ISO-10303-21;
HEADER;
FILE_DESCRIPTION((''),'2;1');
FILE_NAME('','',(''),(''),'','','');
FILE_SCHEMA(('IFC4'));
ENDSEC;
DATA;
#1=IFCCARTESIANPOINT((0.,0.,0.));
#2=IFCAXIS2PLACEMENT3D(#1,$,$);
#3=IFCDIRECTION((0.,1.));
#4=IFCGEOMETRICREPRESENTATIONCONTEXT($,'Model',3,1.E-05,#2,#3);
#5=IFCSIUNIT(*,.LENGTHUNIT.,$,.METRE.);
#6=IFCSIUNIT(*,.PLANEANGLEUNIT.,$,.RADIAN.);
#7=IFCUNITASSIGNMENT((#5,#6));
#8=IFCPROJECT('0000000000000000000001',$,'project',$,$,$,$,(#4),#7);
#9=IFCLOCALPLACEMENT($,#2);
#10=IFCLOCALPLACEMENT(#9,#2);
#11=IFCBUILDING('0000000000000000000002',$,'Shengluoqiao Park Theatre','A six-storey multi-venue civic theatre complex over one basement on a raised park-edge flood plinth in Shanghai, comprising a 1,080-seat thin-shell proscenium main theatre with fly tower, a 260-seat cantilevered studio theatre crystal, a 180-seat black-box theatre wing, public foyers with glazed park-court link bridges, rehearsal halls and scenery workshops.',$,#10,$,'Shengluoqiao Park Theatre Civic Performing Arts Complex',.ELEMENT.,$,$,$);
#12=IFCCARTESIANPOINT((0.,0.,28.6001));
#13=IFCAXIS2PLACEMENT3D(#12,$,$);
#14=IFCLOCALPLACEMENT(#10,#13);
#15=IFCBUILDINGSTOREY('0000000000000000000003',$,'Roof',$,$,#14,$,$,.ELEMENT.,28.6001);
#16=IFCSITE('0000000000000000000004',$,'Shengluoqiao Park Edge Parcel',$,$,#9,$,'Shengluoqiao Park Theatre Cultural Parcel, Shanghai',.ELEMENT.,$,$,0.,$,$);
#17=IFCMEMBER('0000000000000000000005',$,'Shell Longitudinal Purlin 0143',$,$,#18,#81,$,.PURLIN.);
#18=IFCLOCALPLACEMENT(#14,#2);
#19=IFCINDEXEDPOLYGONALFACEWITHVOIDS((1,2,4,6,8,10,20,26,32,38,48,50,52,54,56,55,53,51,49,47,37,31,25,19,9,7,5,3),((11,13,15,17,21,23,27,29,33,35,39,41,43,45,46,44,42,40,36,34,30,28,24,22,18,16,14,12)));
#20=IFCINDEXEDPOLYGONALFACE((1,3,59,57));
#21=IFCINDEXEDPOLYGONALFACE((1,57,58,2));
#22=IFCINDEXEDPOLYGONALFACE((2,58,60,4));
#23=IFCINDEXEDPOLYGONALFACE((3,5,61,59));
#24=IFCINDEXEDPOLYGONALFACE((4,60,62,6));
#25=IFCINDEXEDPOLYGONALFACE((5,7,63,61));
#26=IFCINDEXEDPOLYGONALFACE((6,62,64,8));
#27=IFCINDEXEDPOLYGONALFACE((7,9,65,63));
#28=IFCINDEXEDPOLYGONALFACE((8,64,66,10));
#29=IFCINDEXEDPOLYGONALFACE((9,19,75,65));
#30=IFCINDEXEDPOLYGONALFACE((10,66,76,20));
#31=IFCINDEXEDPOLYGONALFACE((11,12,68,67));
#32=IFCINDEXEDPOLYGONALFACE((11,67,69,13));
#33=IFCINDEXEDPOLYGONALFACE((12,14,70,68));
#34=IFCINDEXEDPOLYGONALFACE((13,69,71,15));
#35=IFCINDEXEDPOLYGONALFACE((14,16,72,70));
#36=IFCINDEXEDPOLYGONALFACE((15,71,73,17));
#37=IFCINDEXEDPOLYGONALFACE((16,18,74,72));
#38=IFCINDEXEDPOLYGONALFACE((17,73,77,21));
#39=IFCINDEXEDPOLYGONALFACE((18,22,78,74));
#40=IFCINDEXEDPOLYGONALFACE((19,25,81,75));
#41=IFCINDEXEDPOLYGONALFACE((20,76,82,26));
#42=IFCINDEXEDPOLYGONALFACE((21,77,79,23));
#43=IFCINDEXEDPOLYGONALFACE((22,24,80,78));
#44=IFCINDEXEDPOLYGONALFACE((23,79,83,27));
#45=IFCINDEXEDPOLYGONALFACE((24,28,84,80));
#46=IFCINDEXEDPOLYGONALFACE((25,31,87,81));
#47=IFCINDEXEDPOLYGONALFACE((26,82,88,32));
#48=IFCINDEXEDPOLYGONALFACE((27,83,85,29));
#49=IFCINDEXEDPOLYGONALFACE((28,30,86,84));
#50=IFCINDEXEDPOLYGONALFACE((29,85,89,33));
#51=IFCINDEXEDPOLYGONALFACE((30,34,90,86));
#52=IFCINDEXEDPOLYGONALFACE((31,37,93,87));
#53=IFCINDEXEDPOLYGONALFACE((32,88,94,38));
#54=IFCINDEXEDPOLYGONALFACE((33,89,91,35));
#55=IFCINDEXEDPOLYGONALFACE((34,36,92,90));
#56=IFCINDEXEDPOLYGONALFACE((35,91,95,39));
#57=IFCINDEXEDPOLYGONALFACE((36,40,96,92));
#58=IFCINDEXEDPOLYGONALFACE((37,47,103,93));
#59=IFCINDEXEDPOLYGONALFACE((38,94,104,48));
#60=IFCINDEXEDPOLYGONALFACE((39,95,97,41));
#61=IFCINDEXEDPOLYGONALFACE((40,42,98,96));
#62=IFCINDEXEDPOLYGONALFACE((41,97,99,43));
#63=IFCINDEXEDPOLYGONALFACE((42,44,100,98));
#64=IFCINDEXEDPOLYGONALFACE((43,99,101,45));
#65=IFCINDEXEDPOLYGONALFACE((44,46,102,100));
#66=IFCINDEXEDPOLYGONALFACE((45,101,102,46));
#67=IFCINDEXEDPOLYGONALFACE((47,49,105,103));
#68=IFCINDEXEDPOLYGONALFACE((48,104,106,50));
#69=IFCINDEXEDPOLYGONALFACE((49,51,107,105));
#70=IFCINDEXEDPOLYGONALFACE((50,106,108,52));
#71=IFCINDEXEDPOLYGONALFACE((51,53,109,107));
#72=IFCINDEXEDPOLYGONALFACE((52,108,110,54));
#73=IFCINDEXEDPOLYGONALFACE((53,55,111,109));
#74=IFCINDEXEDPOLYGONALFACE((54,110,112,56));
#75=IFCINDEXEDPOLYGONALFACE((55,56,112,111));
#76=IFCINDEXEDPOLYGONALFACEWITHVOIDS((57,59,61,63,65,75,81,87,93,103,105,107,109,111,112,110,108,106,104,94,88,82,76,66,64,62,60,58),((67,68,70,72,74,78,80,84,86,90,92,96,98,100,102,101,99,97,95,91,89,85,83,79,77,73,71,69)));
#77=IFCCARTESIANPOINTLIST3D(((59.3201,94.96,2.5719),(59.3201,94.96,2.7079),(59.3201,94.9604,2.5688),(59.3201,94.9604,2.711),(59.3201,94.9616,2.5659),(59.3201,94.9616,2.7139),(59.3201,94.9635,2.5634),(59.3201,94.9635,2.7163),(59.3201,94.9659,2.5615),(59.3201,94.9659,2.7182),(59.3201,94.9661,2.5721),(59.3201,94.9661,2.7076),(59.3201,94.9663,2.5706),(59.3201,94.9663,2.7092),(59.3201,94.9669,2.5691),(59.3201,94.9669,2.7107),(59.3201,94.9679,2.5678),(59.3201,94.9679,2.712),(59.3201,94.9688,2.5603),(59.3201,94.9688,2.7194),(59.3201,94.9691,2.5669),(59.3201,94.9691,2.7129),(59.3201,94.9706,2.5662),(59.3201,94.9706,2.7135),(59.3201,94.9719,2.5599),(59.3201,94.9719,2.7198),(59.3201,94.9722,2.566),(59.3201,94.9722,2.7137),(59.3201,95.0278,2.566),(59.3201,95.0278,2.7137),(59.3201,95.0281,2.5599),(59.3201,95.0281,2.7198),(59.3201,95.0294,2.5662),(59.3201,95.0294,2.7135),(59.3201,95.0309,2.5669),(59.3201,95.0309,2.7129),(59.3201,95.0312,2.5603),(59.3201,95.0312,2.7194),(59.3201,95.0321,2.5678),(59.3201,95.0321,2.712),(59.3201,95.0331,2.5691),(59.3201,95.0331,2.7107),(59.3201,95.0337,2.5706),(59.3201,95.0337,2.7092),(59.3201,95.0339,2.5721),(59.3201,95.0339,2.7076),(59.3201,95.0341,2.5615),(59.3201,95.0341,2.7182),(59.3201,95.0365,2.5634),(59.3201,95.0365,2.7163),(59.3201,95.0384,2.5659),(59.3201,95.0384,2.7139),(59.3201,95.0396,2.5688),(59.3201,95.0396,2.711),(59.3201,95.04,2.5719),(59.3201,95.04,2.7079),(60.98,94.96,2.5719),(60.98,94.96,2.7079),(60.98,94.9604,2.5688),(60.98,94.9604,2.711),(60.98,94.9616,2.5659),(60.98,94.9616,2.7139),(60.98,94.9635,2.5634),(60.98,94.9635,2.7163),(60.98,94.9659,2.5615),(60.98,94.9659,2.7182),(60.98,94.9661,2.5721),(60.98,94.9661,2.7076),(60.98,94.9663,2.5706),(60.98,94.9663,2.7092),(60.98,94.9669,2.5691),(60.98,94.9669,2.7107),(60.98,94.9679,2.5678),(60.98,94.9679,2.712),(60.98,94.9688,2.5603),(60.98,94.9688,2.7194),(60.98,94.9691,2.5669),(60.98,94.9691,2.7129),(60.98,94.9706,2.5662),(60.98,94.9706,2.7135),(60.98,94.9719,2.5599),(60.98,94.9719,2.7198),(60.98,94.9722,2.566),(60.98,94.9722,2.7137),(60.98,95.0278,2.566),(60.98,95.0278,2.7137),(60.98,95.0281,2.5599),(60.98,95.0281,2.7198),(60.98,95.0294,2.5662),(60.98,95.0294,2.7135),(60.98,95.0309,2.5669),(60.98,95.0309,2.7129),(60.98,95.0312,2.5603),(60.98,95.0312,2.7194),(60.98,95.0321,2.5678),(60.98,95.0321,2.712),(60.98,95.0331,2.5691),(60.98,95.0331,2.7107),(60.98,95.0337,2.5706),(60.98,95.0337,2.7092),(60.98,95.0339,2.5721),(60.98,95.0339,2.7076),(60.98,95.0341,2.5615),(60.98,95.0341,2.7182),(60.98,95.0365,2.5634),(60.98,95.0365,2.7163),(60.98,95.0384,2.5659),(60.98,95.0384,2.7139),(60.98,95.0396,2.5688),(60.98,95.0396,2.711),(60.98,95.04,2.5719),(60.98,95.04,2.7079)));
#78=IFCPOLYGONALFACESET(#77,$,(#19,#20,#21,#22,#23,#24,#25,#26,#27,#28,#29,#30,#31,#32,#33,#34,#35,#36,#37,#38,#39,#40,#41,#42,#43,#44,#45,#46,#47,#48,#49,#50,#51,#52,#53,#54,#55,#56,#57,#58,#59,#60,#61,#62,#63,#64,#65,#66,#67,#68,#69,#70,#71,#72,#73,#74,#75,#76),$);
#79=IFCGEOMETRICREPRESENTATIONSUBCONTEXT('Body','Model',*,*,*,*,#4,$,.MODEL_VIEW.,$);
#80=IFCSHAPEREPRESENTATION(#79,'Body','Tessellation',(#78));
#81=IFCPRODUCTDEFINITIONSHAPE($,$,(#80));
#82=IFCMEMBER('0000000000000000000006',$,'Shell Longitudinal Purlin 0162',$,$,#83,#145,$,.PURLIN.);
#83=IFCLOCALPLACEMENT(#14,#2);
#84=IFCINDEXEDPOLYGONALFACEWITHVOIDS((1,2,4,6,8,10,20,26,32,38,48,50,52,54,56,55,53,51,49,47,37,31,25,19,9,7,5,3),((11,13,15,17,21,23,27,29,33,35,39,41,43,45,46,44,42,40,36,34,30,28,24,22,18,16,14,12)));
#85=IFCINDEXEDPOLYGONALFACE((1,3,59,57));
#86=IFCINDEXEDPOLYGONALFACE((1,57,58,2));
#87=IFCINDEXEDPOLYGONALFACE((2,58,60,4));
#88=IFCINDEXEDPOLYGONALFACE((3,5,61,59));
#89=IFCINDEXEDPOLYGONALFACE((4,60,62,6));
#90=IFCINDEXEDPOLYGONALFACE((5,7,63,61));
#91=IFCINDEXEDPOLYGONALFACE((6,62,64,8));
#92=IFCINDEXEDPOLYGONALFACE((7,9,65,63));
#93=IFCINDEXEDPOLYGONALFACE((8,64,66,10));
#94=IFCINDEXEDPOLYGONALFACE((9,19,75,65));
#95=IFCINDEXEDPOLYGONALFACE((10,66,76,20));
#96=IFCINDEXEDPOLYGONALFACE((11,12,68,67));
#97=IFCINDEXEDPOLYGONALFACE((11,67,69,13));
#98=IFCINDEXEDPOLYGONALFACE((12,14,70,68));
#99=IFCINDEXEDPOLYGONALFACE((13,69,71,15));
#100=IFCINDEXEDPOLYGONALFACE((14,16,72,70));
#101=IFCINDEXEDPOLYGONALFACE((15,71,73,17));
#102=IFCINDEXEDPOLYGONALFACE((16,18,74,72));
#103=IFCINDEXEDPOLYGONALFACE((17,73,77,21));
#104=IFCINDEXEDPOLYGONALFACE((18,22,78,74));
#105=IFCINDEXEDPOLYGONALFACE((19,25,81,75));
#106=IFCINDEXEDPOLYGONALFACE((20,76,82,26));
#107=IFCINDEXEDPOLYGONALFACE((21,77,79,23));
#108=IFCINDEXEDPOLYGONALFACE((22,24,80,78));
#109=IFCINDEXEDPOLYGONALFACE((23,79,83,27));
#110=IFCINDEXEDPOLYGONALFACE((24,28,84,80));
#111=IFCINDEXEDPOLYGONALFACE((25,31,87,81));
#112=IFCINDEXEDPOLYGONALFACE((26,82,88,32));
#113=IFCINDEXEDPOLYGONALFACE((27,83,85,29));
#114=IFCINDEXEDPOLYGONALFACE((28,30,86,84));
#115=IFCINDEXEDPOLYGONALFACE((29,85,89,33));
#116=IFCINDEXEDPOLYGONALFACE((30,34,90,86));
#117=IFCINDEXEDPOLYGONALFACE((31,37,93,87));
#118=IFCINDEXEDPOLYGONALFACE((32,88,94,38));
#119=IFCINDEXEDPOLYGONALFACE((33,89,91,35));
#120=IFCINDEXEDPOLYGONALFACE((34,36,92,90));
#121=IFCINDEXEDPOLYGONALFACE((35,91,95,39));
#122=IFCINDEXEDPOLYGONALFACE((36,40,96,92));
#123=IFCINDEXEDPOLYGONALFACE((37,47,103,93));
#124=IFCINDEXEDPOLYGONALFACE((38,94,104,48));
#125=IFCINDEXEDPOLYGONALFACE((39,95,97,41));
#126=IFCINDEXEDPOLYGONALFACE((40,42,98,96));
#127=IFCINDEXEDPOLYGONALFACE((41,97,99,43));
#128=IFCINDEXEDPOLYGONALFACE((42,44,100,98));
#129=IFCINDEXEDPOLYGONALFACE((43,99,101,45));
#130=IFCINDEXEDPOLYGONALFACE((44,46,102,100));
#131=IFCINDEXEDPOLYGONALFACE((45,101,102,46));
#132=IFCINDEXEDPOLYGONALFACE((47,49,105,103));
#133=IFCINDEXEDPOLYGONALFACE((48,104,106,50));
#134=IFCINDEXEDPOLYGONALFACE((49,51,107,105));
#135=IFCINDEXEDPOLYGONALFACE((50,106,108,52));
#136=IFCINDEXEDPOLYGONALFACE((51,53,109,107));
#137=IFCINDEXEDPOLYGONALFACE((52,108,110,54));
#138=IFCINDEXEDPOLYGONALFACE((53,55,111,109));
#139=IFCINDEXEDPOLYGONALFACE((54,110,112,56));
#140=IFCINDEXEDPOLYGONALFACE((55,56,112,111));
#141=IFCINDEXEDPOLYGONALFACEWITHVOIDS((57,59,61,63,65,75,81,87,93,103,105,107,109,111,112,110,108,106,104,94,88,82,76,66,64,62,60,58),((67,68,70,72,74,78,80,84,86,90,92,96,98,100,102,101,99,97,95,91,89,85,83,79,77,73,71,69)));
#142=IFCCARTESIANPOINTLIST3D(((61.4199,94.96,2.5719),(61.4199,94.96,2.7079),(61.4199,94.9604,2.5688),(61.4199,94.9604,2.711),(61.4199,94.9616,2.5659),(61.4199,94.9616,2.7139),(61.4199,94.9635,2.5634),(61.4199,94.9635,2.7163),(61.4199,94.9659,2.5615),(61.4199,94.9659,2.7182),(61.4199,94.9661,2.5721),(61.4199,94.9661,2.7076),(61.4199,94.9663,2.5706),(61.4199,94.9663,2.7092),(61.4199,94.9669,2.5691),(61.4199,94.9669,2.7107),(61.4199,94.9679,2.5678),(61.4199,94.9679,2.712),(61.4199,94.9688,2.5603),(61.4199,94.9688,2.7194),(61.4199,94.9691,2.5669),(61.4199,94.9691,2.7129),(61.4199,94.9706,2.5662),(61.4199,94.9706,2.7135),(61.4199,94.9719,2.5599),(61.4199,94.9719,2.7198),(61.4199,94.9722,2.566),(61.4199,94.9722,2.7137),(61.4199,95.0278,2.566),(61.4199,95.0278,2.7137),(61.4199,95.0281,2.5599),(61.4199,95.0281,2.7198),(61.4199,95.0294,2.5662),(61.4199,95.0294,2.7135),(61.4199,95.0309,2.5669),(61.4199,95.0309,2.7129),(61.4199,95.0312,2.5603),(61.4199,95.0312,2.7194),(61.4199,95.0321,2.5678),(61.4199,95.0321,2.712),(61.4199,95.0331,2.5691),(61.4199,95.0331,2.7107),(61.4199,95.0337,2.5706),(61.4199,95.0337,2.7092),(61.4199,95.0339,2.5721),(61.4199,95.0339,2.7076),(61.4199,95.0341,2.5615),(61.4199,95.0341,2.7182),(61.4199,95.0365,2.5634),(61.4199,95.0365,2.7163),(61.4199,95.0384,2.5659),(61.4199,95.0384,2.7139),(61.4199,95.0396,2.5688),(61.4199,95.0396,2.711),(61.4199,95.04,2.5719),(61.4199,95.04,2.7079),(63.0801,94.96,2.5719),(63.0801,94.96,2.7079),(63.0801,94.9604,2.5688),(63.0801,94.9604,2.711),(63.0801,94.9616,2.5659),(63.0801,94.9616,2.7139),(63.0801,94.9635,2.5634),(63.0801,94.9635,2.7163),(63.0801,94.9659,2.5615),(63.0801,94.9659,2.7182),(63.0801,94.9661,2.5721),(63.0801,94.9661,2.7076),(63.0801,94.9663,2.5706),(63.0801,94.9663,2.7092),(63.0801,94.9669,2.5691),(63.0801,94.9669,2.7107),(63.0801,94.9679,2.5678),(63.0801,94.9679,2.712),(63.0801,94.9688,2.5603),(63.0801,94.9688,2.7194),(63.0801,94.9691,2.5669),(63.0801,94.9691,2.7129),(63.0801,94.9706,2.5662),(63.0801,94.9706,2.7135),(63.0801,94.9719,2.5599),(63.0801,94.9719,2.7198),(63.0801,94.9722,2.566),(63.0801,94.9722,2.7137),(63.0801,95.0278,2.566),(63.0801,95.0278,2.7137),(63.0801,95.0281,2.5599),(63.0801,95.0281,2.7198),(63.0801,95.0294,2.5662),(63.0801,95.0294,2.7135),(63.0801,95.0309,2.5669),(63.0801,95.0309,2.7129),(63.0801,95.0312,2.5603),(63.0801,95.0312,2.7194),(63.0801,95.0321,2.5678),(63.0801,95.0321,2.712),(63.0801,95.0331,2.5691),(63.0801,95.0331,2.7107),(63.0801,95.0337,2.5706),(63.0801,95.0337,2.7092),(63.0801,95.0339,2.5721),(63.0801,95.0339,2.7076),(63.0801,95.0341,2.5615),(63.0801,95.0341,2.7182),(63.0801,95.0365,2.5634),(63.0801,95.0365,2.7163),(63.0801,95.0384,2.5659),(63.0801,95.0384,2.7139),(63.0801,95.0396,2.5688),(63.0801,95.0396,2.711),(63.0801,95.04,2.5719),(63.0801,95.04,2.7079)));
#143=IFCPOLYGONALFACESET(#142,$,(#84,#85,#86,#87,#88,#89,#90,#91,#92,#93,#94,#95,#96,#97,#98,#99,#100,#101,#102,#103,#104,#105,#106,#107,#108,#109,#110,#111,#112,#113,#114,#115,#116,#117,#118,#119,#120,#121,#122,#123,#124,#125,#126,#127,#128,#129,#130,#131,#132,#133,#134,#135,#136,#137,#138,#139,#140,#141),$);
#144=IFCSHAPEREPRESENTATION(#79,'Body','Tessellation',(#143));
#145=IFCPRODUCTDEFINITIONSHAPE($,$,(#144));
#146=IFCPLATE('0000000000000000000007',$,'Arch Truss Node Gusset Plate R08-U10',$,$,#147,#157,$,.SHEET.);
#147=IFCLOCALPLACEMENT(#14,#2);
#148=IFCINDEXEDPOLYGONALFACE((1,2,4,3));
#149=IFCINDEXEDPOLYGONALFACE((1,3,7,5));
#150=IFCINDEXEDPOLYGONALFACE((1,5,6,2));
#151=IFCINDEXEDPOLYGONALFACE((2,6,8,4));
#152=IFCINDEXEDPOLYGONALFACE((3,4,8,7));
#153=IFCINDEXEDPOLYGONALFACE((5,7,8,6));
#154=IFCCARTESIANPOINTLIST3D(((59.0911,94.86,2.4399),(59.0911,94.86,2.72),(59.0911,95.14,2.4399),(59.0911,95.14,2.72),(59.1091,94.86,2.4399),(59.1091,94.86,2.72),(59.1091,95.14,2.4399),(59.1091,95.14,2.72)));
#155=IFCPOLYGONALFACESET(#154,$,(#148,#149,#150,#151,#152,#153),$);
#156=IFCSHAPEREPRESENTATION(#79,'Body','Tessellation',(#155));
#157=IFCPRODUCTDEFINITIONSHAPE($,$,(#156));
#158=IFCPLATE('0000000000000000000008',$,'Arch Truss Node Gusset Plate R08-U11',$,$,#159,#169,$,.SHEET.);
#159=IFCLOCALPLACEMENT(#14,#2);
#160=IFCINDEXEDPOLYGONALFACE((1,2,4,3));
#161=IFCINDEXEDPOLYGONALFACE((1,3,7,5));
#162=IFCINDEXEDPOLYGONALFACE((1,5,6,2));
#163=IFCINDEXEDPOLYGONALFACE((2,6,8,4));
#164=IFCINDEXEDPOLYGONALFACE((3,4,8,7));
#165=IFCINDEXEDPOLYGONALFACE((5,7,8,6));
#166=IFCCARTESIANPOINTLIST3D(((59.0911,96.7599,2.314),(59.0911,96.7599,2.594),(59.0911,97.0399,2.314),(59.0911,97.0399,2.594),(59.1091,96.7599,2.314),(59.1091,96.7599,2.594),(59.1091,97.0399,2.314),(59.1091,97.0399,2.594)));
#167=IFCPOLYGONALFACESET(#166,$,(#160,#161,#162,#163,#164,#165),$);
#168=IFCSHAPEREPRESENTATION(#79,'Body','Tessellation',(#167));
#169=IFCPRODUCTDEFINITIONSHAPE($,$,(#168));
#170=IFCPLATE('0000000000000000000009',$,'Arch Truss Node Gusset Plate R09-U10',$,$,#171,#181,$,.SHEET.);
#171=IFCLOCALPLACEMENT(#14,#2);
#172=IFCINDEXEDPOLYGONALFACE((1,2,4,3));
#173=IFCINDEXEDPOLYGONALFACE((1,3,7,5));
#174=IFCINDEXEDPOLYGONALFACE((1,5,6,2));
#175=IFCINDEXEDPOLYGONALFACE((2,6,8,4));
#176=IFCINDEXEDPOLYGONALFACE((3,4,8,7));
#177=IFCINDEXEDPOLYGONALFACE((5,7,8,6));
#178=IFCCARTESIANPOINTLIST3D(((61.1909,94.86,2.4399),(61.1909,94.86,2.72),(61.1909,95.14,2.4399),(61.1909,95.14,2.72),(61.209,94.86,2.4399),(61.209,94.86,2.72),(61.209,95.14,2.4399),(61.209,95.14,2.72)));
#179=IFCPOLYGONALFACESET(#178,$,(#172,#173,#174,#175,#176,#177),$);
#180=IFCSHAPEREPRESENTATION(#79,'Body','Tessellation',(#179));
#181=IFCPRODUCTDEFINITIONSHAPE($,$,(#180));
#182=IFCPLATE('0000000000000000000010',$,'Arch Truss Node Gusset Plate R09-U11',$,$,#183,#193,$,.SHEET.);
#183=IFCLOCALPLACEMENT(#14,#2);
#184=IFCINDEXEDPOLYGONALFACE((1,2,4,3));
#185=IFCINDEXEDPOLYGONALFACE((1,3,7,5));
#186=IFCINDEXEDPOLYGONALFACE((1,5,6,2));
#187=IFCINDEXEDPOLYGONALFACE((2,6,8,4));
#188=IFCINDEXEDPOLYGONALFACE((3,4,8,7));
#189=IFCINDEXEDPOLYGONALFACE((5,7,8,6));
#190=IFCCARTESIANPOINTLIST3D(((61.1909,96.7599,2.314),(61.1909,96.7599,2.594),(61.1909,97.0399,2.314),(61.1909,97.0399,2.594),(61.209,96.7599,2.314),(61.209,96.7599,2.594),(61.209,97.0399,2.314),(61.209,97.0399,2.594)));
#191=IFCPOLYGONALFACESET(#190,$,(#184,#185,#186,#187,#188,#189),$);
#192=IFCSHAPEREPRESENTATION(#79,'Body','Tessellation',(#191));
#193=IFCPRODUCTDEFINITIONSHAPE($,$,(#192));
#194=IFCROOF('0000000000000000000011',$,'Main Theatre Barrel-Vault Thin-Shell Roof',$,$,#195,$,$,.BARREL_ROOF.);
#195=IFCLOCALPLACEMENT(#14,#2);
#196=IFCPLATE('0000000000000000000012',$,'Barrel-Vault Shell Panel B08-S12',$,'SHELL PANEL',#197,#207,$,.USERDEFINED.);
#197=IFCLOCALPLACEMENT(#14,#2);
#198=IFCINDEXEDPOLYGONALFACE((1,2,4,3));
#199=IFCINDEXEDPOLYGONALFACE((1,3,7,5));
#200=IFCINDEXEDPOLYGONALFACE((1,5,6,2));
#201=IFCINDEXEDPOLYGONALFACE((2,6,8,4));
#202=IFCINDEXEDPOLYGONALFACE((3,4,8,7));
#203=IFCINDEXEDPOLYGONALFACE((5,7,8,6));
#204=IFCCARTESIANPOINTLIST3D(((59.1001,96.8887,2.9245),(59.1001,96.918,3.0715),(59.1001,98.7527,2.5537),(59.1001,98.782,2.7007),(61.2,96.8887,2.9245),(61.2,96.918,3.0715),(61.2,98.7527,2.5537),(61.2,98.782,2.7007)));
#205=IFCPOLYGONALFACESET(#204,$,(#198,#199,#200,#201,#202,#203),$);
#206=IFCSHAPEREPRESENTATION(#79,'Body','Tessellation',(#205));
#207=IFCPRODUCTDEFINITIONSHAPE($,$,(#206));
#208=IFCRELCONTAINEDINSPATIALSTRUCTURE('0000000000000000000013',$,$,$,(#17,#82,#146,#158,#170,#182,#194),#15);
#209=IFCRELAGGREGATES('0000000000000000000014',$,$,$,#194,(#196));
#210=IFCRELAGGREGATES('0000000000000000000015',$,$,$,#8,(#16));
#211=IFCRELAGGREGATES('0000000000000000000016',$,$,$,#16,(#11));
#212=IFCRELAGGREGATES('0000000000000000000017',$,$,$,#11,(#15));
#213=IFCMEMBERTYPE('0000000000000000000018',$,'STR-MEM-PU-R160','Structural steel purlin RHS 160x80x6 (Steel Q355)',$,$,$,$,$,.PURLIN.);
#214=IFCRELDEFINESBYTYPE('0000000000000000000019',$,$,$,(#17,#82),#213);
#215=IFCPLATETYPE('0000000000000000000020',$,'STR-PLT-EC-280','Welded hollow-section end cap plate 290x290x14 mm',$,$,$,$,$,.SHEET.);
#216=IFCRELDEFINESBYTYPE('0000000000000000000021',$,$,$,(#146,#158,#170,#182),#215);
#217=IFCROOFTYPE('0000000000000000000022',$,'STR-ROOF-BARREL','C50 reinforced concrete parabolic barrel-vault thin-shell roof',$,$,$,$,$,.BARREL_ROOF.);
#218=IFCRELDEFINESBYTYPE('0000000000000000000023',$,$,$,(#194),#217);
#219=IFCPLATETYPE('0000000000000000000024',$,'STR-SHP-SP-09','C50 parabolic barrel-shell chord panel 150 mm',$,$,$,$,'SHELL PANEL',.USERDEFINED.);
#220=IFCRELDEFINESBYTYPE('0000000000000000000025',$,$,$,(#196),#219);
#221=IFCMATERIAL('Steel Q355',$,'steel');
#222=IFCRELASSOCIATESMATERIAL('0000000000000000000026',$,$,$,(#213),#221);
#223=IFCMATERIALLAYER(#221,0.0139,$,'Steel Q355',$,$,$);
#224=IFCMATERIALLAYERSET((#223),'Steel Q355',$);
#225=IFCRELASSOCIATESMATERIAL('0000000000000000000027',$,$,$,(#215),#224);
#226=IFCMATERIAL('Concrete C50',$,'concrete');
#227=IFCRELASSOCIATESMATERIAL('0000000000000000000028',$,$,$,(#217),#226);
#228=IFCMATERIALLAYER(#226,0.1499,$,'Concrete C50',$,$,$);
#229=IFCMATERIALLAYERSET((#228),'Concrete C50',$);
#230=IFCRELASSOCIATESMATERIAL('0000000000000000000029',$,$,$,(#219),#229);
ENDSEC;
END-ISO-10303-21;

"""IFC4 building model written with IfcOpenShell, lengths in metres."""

from ifc_helpers import new_model, si_unit, direction, frame, origin, origin_2d, place, context, subcontext, project, spatial, polyline, rectangle, hollow_rectangle, outline, extrude, material, layer, layer_set, material_profile, profile_set, type_object, element, aggregate, save


model = new_model("IFC4")

# Units and contexts
model_context = context("Model", 3, precision=1e-05, world=origin(), true_north=direction((0.0, 1.0)))
body_context = subcontext(model_context, "Body", "Model", "MODEL_VIEW")
ifc_project = project(units=[si_unit("LENGTHUNIT", "METRE"), si_unit("PLANEANGLEUNIT", "RADIAN")], contexts=[model_context])

# Site, building, storey
site_placement = place(None, origin())
site = spatial("IfcSite", under=ifc_project, at=site_placement, Name="Shengluoqiao Park Edge Parcel", LongName="Shengluoqiao Park Theatre Cultural Parcel, Shanghai", CompositionType="ELEMENT", RefElevation=0.0)
building_placement = place(site_placement, origin())
building = spatial("IfcBuilding", under=site, at=building_placement, Name="Shengluoqiao Park Theatre", Description="A six-storey multi-venue civic theatre complex over one basement on a raised park-edge flood plinth in Shanghai, comprising a 1,080-seat thin-shell proscenium main theatre with fly tower, a 260-seat cantilevered studio theatre crystal, a 180-seat black-box theatre wing, public foyers with glazed park-court link bridges, rehearsal halls and scenery workshops.", LongName="Shengluoqiao Park Theatre Civic Performing Arts Complex", CompositionType="ELEMENT")
storey_placement = place(building_placement, frame((0.0, 0.0, 28.6001)))
storey = spatial("IfcBuildingStorey", under=building, at=storey_placement, Name="Roof", CompositionType="ELEMENT", Elevation=28.6001)

# Shared definitions
ifc_material_1 = material(Name="Concrete C50", Category="concrete")
ifc_material_2 = material(Name="Steel Q355", Category="steel")

# Members
ifc_material_profile_1 = material_profile(ifc_material_2, hollow_rectangle(XDim=0.0801, YDim=0.1599, WallThickness=0.0061, InnerFilletRadius=0.0061, OuterFilletRadius=0.012, at=origin_2d()), Name="RHS 160x80x6")
ifc_profile_set_1 = profile_set([ifc_material_profile_1], Name="Steel Q355")
member_type_1 = type_object("IfcMemberType", Name="STR-MEM-PU-R160", Description="Structural steel purlin RHS 160x80x6 (Steel Q355)", PredefinedType="PURLIN", material=ifc_profile_set_1)
for number, where, z_axis, x_axis, name in (
    (1, (59.3201, 95.0, 2.6399), (1.0, 0.0, 0.0), (0.0, 1.0, 0.0), "Shell Longitudinal Purlin 0143"),
):
    element("IfcMember", number, at=place(storey_placement, frame(where, z_axis=z_axis, x_axis=x_axis)), inside=storey, type_object=member_type_1, Name=name, PredefinedType="PURLIN", context=body_context, shape_type="SweptSolid", body=[
        extrude(hollow_rectangle(XDim=0.0801, YDim=0.1599, WallThickness=0.0061, InnerFilletRadius=0.0061, OuterFilletRadius=0.012, at=origin_2d()), origin(), (0.0, 0.0, 1.0), 1.6599),
    ])
member_1_placement = place(storey_placement, frame((61.4199, 95.0, 2.6399), z_axis=(1.0, 0.0, 0.0), x_axis=(0.0, 1.0, 0.0)))
element("IfcMember", 2, at=member_1_placement, inside=storey, type_object=member_type_1, Name="Shell Longitudinal Purlin 0162", PredefinedType="PURLIN", context=body_context, shape_type="SweptSolid", body=[
    extrude(hollow_rectangle(XDim=0.0801, YDim=0.1599, WallThickness=0.0061, InnerFilletRadius=0.0061, OuterFilletRadius=0.012, at=origin_2d()), origin(), (0.0, 0.0, 1.0), 1.6602),
])

# Plates
ifc_layer_1 = layer(ifc_material_2, 0.0139, Name="Steel Q355")
ifc_layer_set_1 = layer_set([ifc_layer_1], Name="Steel Q355")
plate_type_1 = type_object("IfcPlateType", Name="STR-PLT-EC-280", Description="Welded hollow-section end cap plate 290x290x14 mm", PredefinedType="SHEET", material=ifc_layer_set_1)
for number, where, z_axis, x_axis, name in (
    (3, (59.1001, 95.0, 2.4399), (0.0, 0.0, 1.0), (1.0, 0.0, 0.0), "Arch Truss Node Gusset Plate R08-U10"),
    (4, (59.1001, 96.8999, 2.314), (0.0, 0.0, 1.0), (1.0, 0.0, 0.0), "Arch Truss Node Gusset Plate R08-U11"),
    (5, (61.2, 95.0, 2.4399), (0.0, 0.0, 1.0), (1.0, 0.0, 0.0), "Arch Truss Node Gusset Plate R09-U10"),
    (6, (61.2, 96.8999, 2.314), (0.0, 0.0, 1.0), (1.0, 0.0, 0.0), "Arch Truss Node Gusset Plate R09-U11"),
):
    element("IfcPlate", number, at=place(storey_placement, frame(where, z_axis=z_axis, x_axis=x_axis)), inside=storey, type_object=plate_type_1, Name=name, PredefinedType="SHEET", context=body_context, shape_type="SweptSolid", body=[
        extrude(rectangle(XDim=0.0181, YDim=0.28, at=origin_2d()), origin(), (0.0, 0.0, 1.0), 0.28),
    ])

# Roof, plate
roof_type = type_object("IfcRoofType", Name="STR-ROOF-BARREL", Description="C50 reinforced concrete parabolic barrel-vault thin-shell roof", PredefinedType="BARREL_ROOF", material=ifc_material_1)
roof_placement = place(storey_placement, origin())
roof = element("IfcRoof", 7, at=roof_placement, inside=storey, type_object=roof_type, Name="Main Theatre Barrel-Vault Thin-Shell Roof", PredefinedType="BARREL_ROOF")
ifc_layer_2 = layer(ifc_material_1, 0.1499, Name="Concrete C50")
ifc_layer_set_2 = layer_set([ifc_layer_2], Name="Concrete C50")
plate_type_2 = type_object("IfcPlateType", Name="STR-SHP-SP-09", Description="C50 parabolic barrel-shell chord panel 150 mm", ElementType="SHELL PANEL", PredefinedType="USERDEFINED", material=ifc_layer_set_2)
plate_1_placement = place(storey_placement, frame((59.1001, 96.918, 3.0715), z_axis=(0.0, 0.195128, 0.980778), x_axis=(1.0, 0.0, 0.0)))
plate_1 = element("IfcPlate", 8, at=plate_1_placement, type_object=plate_type_2, Name="Barrel-Vault Shell Panel B08-S12", ObjectType="SHELL PANEL", PredefinedType="USERDEFINED", context=body_context, shape_type="SweptSolid", body=[
    extrude(outline(polyline([(0.0, 0.0), (2.0999, 0.0), (2.0999, 1.9005), (0.0, 1.9005), (0.0, 0.0)])), origin(), (0.0, 0.0, -1.0), 0.1499),
])
aggregate(roof, [plate_1])

save(model, "model.ifc")
